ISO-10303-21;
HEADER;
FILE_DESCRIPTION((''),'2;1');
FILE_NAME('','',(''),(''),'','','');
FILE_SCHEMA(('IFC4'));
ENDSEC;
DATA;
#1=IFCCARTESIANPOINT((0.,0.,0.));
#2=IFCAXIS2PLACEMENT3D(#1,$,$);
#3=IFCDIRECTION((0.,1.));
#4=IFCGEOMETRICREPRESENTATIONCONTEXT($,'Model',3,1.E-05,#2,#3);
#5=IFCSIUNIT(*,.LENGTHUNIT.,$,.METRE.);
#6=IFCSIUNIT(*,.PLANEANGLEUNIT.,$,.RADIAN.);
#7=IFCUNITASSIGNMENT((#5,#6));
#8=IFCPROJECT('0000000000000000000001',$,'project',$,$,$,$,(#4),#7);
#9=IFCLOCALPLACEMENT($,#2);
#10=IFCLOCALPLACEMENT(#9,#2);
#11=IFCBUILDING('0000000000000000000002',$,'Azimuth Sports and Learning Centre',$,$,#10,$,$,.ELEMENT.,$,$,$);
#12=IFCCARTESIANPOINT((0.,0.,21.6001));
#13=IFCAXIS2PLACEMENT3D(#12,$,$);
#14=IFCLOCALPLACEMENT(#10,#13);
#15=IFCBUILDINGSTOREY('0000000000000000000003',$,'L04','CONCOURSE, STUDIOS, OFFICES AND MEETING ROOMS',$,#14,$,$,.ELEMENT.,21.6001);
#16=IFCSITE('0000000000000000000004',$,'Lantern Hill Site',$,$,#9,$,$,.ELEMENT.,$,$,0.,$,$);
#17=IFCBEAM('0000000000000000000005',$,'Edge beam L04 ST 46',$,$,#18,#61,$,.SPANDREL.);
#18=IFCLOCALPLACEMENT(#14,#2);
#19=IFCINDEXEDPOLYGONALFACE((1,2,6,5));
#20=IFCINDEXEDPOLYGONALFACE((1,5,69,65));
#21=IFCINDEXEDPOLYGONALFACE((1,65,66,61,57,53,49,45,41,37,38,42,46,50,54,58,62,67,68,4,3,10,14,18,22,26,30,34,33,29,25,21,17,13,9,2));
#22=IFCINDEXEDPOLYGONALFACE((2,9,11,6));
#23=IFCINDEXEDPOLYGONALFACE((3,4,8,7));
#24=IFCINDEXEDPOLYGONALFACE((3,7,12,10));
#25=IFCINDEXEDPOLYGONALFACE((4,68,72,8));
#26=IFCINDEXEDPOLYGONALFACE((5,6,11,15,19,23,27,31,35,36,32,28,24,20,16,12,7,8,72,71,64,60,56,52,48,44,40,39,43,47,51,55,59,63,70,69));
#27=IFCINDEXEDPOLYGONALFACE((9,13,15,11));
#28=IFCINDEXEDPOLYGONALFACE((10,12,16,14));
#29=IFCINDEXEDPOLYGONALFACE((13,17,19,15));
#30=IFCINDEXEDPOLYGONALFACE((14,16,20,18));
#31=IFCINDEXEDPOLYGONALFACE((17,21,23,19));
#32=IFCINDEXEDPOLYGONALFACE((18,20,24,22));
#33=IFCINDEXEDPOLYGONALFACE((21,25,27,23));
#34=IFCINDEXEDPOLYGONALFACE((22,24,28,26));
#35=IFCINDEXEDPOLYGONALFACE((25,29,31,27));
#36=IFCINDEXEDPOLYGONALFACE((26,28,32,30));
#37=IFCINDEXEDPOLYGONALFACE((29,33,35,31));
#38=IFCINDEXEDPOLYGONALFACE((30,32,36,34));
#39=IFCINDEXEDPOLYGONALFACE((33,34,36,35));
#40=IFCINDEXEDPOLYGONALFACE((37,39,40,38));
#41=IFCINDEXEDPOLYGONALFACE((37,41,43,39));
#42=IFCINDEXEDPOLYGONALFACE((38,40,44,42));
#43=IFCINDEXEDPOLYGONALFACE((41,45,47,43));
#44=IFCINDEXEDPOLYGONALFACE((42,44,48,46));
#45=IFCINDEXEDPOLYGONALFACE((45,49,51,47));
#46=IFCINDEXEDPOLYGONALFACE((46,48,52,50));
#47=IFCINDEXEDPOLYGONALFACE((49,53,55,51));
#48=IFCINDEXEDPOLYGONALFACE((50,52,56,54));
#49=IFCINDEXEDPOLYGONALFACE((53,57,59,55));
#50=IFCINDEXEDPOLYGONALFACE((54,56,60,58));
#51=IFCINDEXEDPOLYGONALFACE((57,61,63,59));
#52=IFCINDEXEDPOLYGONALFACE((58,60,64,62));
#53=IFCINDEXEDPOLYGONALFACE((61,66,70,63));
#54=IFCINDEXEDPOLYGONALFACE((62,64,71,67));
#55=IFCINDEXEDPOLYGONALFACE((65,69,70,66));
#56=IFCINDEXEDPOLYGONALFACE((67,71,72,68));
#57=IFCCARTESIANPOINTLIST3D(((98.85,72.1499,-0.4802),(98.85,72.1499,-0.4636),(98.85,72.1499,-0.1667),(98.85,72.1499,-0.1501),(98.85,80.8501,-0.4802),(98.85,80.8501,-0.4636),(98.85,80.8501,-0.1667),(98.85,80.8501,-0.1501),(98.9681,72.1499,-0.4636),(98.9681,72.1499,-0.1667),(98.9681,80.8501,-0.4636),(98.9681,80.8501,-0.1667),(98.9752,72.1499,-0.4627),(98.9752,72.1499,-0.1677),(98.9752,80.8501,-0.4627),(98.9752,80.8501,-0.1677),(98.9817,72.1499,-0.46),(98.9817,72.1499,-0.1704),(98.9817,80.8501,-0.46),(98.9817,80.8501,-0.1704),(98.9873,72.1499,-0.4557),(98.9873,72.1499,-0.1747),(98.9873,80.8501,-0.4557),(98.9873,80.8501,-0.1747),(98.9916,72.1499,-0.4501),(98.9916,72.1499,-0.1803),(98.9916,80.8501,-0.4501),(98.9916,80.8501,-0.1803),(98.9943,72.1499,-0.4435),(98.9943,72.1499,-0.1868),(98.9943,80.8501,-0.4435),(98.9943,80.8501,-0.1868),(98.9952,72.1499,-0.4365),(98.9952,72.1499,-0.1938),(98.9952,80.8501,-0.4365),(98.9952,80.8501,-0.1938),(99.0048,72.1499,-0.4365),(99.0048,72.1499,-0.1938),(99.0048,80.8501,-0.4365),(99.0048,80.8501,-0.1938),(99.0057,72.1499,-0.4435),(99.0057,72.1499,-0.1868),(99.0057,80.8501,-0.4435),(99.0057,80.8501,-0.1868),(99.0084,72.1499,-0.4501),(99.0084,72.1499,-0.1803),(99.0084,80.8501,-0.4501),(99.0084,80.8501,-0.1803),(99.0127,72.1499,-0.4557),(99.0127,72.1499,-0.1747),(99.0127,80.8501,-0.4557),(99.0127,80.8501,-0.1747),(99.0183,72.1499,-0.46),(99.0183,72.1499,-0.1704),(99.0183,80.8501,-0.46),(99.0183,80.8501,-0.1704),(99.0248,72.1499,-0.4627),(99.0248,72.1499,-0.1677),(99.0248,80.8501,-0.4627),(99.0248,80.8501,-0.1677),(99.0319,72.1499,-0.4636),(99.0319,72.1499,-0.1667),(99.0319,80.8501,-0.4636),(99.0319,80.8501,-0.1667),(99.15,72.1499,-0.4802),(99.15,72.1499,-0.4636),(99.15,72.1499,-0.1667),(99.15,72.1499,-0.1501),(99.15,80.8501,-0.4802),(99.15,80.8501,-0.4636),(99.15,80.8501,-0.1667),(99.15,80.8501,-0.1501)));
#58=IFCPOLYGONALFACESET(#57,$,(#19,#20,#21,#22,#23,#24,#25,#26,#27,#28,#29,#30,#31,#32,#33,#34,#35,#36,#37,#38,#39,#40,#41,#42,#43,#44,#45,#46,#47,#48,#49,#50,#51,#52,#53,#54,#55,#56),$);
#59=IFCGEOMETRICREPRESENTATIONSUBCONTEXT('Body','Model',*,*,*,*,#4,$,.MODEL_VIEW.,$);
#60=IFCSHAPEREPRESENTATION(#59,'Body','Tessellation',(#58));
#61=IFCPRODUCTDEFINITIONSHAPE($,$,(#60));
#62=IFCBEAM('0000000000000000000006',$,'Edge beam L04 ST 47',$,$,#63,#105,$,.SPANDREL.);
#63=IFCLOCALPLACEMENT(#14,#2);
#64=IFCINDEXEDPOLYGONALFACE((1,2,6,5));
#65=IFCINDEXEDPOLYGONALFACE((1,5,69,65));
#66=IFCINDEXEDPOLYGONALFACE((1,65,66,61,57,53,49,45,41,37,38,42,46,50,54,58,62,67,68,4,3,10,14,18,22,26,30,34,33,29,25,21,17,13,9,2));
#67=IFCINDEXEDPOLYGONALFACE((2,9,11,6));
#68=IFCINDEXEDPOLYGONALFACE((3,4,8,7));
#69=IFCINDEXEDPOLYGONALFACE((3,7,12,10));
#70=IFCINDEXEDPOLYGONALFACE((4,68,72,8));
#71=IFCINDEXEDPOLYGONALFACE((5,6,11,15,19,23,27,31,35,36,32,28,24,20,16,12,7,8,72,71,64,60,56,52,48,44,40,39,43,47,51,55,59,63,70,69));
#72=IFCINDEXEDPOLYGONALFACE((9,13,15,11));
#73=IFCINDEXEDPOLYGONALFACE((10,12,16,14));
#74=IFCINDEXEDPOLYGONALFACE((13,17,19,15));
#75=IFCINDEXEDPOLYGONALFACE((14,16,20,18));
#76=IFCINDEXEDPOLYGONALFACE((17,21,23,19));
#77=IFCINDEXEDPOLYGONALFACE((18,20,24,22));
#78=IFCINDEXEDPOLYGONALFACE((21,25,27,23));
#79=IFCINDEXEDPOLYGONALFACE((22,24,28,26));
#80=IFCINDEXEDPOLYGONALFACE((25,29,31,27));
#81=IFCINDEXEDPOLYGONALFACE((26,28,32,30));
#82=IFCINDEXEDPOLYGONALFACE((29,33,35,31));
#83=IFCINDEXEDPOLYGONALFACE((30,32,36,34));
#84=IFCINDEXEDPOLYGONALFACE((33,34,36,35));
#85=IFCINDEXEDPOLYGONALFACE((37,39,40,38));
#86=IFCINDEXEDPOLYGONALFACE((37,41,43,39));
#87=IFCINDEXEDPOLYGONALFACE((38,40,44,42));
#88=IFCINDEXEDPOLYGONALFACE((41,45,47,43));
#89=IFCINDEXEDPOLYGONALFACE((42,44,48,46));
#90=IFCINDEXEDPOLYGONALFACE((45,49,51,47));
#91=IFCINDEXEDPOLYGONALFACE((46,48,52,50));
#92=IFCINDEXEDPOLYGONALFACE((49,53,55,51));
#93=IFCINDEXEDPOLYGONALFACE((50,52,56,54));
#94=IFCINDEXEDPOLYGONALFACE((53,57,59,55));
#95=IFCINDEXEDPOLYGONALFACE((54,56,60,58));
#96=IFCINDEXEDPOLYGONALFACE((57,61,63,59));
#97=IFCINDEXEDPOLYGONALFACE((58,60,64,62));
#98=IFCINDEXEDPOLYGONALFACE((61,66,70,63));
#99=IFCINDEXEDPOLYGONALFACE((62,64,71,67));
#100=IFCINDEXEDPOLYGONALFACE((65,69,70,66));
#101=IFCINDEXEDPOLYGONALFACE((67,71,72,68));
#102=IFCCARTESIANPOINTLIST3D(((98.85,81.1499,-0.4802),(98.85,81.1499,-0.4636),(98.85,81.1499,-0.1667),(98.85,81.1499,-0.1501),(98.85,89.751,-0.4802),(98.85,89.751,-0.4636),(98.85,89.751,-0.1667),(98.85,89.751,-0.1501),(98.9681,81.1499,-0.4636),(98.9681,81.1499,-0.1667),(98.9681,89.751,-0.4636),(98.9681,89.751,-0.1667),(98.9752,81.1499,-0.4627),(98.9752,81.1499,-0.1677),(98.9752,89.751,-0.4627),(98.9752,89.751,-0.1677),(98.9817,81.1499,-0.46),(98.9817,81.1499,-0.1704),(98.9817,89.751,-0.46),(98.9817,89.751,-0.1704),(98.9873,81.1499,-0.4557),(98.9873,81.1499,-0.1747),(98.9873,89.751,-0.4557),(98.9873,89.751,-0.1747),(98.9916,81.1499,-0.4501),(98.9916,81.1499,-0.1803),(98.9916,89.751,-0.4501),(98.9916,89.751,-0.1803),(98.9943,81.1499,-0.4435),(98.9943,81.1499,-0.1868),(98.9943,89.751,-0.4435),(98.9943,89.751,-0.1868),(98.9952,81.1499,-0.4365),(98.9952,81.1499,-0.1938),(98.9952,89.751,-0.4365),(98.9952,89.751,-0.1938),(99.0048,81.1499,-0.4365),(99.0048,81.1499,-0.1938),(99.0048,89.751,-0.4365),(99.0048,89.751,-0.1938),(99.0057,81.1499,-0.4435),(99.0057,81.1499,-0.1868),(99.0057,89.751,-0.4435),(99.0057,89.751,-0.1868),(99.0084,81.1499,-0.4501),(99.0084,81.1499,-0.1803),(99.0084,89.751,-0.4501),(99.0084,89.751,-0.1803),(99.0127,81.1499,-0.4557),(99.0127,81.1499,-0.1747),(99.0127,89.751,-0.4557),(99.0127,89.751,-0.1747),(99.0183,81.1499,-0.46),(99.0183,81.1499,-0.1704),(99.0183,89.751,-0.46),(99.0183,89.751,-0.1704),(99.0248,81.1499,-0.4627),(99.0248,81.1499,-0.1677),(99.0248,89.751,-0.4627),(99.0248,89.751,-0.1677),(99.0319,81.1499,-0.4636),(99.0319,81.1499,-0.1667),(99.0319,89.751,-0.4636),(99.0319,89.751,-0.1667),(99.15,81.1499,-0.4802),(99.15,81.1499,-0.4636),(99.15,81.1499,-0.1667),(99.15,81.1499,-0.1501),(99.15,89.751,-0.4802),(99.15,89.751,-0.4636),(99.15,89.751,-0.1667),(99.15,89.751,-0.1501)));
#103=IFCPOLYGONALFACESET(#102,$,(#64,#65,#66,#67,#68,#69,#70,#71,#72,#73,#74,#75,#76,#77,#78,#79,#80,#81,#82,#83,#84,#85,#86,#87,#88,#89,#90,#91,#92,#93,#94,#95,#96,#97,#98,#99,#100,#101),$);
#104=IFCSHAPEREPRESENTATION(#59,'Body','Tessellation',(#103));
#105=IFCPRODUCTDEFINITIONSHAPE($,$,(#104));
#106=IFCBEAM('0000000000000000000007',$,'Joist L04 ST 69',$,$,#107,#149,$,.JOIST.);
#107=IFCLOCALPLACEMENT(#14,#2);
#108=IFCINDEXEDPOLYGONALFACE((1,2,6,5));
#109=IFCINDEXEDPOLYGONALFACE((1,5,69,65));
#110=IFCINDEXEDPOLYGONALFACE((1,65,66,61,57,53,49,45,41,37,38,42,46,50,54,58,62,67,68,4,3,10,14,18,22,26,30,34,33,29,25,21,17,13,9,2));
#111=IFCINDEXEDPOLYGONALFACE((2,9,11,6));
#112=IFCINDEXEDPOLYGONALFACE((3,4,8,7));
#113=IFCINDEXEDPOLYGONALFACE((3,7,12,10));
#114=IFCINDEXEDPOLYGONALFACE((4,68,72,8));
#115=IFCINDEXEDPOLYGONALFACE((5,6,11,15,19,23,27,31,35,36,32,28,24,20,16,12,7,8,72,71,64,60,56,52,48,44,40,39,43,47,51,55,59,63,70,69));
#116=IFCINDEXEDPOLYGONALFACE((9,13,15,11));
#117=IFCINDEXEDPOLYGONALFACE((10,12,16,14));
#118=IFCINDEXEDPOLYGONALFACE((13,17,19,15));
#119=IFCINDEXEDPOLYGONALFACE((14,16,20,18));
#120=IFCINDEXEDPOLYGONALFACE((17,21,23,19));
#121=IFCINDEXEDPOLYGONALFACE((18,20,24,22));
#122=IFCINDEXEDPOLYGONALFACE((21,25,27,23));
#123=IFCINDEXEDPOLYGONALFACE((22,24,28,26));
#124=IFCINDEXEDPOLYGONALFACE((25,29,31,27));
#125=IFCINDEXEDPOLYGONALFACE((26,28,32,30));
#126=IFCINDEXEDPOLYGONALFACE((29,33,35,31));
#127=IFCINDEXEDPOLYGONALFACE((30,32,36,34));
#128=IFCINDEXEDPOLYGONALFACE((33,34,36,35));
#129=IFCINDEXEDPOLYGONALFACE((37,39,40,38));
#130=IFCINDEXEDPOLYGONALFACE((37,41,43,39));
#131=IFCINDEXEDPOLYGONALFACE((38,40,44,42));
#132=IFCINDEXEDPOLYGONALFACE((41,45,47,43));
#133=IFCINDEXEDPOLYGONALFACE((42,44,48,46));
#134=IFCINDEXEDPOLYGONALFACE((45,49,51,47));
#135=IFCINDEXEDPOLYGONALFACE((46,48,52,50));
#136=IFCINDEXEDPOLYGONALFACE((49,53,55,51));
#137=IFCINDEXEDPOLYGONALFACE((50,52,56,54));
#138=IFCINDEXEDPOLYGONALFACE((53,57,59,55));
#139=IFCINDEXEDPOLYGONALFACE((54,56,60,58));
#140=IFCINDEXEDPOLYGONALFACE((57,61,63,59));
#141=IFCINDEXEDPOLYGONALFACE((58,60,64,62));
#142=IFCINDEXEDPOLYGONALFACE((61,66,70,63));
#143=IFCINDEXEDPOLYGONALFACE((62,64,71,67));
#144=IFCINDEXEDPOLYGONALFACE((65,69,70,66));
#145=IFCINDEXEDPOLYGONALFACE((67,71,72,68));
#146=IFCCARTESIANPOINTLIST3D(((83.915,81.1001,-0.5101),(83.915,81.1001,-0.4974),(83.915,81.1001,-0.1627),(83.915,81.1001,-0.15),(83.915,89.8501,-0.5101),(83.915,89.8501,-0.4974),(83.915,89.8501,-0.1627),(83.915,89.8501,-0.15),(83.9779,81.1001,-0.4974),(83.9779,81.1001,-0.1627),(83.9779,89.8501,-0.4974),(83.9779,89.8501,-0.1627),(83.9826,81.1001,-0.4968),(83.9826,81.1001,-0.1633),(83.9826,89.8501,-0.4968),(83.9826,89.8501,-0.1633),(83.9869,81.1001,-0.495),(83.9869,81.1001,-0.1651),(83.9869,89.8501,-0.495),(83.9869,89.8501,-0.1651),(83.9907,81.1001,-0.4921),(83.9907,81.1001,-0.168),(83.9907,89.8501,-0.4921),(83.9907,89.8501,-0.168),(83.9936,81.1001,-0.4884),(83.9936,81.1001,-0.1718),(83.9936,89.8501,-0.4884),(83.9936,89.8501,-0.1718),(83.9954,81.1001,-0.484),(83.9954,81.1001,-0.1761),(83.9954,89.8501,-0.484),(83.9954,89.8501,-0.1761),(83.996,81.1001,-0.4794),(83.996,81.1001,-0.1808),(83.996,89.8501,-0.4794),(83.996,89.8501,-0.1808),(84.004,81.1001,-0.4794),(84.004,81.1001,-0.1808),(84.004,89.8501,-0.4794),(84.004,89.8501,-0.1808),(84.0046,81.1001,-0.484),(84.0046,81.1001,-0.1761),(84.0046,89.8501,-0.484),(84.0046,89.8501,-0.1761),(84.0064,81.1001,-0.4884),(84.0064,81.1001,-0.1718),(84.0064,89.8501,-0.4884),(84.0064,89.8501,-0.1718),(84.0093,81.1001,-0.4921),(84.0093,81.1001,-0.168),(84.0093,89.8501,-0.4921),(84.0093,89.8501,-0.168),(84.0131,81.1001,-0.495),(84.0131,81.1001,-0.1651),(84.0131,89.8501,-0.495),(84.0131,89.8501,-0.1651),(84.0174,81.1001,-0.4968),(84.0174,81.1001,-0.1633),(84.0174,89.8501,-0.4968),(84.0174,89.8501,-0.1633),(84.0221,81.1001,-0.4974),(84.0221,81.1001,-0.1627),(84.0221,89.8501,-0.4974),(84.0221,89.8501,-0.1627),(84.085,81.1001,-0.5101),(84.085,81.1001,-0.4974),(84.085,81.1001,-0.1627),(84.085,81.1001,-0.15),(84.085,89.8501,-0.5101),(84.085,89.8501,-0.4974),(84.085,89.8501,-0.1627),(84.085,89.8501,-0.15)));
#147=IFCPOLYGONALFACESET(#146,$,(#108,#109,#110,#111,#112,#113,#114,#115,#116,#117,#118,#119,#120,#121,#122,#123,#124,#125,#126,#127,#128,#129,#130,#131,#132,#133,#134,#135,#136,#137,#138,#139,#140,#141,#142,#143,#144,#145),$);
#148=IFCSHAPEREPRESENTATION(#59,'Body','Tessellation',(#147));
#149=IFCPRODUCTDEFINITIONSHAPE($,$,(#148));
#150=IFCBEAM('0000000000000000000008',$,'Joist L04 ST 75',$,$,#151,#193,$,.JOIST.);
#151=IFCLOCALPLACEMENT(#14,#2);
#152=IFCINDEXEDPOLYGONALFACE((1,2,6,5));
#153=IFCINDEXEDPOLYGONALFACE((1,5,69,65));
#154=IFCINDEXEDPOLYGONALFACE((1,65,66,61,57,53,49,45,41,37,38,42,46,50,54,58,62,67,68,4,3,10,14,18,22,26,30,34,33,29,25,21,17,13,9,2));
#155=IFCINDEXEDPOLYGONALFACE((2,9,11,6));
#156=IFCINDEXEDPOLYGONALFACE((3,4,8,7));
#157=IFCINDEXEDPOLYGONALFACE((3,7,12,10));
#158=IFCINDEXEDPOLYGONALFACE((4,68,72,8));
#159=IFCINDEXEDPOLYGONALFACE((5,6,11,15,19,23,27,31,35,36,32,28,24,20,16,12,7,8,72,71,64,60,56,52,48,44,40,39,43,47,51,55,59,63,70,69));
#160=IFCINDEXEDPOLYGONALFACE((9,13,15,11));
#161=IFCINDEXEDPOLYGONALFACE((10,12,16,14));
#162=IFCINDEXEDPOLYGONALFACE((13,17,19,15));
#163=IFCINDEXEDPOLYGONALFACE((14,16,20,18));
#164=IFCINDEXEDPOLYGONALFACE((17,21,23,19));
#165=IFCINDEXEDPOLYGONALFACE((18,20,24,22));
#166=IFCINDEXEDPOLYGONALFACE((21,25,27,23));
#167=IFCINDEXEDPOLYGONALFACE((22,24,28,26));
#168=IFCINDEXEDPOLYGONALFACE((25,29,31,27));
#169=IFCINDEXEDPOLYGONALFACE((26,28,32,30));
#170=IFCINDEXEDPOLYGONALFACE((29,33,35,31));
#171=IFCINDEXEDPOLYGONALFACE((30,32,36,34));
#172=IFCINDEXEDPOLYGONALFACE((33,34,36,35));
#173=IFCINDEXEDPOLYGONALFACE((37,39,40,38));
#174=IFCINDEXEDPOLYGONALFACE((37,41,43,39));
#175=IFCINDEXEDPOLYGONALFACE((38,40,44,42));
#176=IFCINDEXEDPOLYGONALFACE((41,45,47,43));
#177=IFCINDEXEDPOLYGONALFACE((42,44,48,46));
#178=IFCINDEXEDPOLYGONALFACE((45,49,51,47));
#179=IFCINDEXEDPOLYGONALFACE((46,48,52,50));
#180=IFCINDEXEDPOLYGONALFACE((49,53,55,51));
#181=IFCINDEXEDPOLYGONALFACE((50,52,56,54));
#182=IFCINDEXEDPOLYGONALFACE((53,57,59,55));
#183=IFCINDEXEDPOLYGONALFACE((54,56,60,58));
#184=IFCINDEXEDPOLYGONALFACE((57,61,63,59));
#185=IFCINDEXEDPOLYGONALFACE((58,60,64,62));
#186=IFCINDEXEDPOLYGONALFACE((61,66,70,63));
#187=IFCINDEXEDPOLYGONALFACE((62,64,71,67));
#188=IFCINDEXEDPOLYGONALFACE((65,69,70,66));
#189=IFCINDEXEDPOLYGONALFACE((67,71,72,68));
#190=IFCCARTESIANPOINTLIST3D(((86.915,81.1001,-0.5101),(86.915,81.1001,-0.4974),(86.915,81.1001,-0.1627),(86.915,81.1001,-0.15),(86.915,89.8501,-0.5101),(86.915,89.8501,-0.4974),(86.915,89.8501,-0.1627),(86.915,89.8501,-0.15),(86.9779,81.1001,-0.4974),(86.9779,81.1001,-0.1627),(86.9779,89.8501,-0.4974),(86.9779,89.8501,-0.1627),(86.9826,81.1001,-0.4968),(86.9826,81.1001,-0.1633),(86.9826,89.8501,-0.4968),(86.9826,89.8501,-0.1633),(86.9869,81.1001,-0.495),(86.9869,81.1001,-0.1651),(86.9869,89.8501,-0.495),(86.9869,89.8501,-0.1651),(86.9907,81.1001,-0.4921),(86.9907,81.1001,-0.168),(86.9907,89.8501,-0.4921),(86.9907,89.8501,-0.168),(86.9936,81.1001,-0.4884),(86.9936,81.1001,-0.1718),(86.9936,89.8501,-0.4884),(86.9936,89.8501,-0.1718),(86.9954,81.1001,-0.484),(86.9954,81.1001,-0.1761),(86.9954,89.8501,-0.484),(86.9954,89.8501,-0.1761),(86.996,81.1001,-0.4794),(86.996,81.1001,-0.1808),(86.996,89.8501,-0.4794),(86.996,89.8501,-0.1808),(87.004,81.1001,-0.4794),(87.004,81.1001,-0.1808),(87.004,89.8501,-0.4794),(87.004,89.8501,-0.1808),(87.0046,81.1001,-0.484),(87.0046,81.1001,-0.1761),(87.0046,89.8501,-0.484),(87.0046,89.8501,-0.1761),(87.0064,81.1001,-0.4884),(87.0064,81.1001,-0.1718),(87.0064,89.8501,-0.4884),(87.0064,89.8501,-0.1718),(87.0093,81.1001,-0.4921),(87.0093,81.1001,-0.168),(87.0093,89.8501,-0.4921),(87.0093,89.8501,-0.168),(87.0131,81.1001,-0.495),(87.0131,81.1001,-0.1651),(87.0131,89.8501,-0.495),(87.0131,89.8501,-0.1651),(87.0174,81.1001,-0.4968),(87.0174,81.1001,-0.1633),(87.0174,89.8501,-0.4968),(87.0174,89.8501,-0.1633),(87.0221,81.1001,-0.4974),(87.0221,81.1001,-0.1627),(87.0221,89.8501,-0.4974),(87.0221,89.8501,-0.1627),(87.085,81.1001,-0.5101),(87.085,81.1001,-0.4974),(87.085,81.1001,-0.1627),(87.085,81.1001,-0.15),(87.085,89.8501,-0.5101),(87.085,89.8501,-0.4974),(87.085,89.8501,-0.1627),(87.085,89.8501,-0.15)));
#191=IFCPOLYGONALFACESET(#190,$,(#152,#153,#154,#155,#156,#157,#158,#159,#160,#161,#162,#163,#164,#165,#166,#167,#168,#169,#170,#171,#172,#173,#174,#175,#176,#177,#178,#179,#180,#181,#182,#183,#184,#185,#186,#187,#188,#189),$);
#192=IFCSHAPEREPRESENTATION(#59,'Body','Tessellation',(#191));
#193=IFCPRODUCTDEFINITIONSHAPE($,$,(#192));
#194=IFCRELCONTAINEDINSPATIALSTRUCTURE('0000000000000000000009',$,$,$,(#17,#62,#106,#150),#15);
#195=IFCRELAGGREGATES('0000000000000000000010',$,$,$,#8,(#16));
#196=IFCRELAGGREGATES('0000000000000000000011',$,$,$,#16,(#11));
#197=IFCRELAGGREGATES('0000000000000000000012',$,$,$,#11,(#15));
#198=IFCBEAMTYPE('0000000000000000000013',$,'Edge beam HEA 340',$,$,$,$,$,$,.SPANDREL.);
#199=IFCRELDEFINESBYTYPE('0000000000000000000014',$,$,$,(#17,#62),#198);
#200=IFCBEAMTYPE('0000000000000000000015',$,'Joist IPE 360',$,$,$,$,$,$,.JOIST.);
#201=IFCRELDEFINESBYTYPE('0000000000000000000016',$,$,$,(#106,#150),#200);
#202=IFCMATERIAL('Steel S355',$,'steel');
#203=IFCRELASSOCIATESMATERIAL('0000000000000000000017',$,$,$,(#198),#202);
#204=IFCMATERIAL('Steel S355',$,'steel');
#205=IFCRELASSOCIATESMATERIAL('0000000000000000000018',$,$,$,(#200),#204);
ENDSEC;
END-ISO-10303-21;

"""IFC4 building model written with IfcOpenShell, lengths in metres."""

from ifc_helpers import new_model, si_unit, direction, frame, origin, origin_2d, place, context, subcontext, project, spatial, i_section, extrude, material, material_profile, profile_set, type_object, element, save


model = new_model("IFC4")

# Units and contexts
model_context = context("Model", 3, precision=1e-05, world=origin(), true_north=direction((0.0, 1.0)))
body_context = subcontext(model_context, "Body", "Model", "MODEL_VIEW")
ifc_project = project(units=[si_unit("LENGTHUNIT", "METRE"), si_unit("PLANEANGLEUNIT", "RADIAN")], contexts=[model_context])

# Site, building, storey
site_placement = place(None, origin())
site = spatial("IfcSite", under=ifc_project, at=site_placement, Name="Lantern Hill Site", CompositionType="ELEMENT", RefElevation=0.0)
building_placement = place(site_placement, origin())
building = spatial("IfcBuilding", under=site, at=building_placement, Name="Azimuth Sports and Learning Centre", CompositionType="ELEMENT")
storey_placement = place(building_placement, frame((0.0, 0.0, 21.6001)))
storey = spatial("IfcBuildingStorey", under=building, at=storey_placement, Name="L04", Description="CONCOURSE, STUDIOS, OFFICES AND MEETING ROOMS", CompositionType="ELEMENT", Elevation=21.6001)

# Beams
ifc_material_1 = material(Name="Steel S355", Category="steel")
ifc_material_profile_1 = material_profile(ifc_material_1, i_section(OverallWidth=0.3, OverallDepth=0.3301, WebThickness=0.0095, FlangeThickness=0.0166, FilletRadius=0.0271, at=origin_2d()), Name="HEA 340")
ifc_profile_set_1 = profile_set([ifc_material_profile_1], Name="Steel S355")
beam_type_1 = type_object("IfcBeamType", Name="Edge beam HEA 340", PredefinedType="SPANDREL", material=ifc_profile_set_1)
beam_1_placement = place(storey_placement, frame((99.0, 72.1499, -0.3152), z_axis=(0.0, 1.0, 0.0), x_axis=(-1.0, 0.0, 0.0)))
element("IfcBeam", 1, at=beam_1_placement, inside=storey, type_object=beam_type_1, Name="Edge beam L04 ST 46", PredefinedType="SPANDREL", context=body_context, shape_type="SweptSolid", body=[
    extrude(i_section(OverallWidth=0.3, OverallDepth=0.3301, WebThickness=0.0095, FlangeThickness=0.0166, FilletRadius=0.0271, at=origin_2d()), origin(), (0.0, 0.0, 1.0), 8.7002),
])
beam_2_placement = place(storey_placement, frame((99.0, 81.1499, -0.3152), z_axis=(0.0, 1.0, 0.0), x_axis=(-1.0, 0.0, 0.0)))
element("IfcBeam", 2, at=beam_2_placement, inside=storey, type_object=beam_type_1, Name="Edge beam L04 ST 47", PredefinedType="SPANDREL", context=body_context, shape_type="SweptSolid", body=[
    extrude(i_section(OverallWidth=0.3, OverallDepth=0.3301, WebThickness=0.0095, FlangeThickness=0.0166, FilletRadius=0.0271, at=origin_2d()), origin(), (0.0, 0.0, 1.0), 8.6011),
])
ifc_material_2 = material(Name="Steel S355", Category="steel")
ifc_material_profile_2 = material_profile(ifc_material_2, i_section(OverallWidth=0.1699, OverallDepth=0.3601, WebThickness=0.0081, FlangeThickness=0.0127, FilletRadius=0.0181, at=origin_2d()), Name="IPE 360")
ifc_profile_set_2 = profile_set([ifc_material_profile_2], Name="Steel S355")
beam_type_2 = type_object("IfcBeamType", Name="Joist IPE 360", PredefinedType="JOIST", material=ifc_profile_set_2)
for number, where, z_axis, x_axis, name in (
    (3, (84.0, 81.1001, -0.3301), (0.0, 1.0, 0.0), (-1.0, 0.0, 0.0), "Joist L04 ST 69"),
    (4, (87.0, 81.1001, -0.3301), (0.0, 1.0, 0.0), (-1.0, 0.0, 0.0), "Joist L04 ST 75"),
):
    element("IfcBeam", number, at=place(storey_placement, frame(where, z_axis=z_axis, x_axis=x_axis)), inside=storey, type_object=beam_type_2, Name=name, PredefinedType="JOIST", context=body_context, shape_type="SweptSolid", body=[
        extrude(i_section(OverallWidth=0.1699, OverallDepth=0.3601, WebThickness=0.0081, FlangeThickness=0.0127, FilletRadius=0.0181, at=origin_2d()), origin(), (0.0, 0.0, 1.0), 8.75),
    ])

save(model, "model.ifc")
